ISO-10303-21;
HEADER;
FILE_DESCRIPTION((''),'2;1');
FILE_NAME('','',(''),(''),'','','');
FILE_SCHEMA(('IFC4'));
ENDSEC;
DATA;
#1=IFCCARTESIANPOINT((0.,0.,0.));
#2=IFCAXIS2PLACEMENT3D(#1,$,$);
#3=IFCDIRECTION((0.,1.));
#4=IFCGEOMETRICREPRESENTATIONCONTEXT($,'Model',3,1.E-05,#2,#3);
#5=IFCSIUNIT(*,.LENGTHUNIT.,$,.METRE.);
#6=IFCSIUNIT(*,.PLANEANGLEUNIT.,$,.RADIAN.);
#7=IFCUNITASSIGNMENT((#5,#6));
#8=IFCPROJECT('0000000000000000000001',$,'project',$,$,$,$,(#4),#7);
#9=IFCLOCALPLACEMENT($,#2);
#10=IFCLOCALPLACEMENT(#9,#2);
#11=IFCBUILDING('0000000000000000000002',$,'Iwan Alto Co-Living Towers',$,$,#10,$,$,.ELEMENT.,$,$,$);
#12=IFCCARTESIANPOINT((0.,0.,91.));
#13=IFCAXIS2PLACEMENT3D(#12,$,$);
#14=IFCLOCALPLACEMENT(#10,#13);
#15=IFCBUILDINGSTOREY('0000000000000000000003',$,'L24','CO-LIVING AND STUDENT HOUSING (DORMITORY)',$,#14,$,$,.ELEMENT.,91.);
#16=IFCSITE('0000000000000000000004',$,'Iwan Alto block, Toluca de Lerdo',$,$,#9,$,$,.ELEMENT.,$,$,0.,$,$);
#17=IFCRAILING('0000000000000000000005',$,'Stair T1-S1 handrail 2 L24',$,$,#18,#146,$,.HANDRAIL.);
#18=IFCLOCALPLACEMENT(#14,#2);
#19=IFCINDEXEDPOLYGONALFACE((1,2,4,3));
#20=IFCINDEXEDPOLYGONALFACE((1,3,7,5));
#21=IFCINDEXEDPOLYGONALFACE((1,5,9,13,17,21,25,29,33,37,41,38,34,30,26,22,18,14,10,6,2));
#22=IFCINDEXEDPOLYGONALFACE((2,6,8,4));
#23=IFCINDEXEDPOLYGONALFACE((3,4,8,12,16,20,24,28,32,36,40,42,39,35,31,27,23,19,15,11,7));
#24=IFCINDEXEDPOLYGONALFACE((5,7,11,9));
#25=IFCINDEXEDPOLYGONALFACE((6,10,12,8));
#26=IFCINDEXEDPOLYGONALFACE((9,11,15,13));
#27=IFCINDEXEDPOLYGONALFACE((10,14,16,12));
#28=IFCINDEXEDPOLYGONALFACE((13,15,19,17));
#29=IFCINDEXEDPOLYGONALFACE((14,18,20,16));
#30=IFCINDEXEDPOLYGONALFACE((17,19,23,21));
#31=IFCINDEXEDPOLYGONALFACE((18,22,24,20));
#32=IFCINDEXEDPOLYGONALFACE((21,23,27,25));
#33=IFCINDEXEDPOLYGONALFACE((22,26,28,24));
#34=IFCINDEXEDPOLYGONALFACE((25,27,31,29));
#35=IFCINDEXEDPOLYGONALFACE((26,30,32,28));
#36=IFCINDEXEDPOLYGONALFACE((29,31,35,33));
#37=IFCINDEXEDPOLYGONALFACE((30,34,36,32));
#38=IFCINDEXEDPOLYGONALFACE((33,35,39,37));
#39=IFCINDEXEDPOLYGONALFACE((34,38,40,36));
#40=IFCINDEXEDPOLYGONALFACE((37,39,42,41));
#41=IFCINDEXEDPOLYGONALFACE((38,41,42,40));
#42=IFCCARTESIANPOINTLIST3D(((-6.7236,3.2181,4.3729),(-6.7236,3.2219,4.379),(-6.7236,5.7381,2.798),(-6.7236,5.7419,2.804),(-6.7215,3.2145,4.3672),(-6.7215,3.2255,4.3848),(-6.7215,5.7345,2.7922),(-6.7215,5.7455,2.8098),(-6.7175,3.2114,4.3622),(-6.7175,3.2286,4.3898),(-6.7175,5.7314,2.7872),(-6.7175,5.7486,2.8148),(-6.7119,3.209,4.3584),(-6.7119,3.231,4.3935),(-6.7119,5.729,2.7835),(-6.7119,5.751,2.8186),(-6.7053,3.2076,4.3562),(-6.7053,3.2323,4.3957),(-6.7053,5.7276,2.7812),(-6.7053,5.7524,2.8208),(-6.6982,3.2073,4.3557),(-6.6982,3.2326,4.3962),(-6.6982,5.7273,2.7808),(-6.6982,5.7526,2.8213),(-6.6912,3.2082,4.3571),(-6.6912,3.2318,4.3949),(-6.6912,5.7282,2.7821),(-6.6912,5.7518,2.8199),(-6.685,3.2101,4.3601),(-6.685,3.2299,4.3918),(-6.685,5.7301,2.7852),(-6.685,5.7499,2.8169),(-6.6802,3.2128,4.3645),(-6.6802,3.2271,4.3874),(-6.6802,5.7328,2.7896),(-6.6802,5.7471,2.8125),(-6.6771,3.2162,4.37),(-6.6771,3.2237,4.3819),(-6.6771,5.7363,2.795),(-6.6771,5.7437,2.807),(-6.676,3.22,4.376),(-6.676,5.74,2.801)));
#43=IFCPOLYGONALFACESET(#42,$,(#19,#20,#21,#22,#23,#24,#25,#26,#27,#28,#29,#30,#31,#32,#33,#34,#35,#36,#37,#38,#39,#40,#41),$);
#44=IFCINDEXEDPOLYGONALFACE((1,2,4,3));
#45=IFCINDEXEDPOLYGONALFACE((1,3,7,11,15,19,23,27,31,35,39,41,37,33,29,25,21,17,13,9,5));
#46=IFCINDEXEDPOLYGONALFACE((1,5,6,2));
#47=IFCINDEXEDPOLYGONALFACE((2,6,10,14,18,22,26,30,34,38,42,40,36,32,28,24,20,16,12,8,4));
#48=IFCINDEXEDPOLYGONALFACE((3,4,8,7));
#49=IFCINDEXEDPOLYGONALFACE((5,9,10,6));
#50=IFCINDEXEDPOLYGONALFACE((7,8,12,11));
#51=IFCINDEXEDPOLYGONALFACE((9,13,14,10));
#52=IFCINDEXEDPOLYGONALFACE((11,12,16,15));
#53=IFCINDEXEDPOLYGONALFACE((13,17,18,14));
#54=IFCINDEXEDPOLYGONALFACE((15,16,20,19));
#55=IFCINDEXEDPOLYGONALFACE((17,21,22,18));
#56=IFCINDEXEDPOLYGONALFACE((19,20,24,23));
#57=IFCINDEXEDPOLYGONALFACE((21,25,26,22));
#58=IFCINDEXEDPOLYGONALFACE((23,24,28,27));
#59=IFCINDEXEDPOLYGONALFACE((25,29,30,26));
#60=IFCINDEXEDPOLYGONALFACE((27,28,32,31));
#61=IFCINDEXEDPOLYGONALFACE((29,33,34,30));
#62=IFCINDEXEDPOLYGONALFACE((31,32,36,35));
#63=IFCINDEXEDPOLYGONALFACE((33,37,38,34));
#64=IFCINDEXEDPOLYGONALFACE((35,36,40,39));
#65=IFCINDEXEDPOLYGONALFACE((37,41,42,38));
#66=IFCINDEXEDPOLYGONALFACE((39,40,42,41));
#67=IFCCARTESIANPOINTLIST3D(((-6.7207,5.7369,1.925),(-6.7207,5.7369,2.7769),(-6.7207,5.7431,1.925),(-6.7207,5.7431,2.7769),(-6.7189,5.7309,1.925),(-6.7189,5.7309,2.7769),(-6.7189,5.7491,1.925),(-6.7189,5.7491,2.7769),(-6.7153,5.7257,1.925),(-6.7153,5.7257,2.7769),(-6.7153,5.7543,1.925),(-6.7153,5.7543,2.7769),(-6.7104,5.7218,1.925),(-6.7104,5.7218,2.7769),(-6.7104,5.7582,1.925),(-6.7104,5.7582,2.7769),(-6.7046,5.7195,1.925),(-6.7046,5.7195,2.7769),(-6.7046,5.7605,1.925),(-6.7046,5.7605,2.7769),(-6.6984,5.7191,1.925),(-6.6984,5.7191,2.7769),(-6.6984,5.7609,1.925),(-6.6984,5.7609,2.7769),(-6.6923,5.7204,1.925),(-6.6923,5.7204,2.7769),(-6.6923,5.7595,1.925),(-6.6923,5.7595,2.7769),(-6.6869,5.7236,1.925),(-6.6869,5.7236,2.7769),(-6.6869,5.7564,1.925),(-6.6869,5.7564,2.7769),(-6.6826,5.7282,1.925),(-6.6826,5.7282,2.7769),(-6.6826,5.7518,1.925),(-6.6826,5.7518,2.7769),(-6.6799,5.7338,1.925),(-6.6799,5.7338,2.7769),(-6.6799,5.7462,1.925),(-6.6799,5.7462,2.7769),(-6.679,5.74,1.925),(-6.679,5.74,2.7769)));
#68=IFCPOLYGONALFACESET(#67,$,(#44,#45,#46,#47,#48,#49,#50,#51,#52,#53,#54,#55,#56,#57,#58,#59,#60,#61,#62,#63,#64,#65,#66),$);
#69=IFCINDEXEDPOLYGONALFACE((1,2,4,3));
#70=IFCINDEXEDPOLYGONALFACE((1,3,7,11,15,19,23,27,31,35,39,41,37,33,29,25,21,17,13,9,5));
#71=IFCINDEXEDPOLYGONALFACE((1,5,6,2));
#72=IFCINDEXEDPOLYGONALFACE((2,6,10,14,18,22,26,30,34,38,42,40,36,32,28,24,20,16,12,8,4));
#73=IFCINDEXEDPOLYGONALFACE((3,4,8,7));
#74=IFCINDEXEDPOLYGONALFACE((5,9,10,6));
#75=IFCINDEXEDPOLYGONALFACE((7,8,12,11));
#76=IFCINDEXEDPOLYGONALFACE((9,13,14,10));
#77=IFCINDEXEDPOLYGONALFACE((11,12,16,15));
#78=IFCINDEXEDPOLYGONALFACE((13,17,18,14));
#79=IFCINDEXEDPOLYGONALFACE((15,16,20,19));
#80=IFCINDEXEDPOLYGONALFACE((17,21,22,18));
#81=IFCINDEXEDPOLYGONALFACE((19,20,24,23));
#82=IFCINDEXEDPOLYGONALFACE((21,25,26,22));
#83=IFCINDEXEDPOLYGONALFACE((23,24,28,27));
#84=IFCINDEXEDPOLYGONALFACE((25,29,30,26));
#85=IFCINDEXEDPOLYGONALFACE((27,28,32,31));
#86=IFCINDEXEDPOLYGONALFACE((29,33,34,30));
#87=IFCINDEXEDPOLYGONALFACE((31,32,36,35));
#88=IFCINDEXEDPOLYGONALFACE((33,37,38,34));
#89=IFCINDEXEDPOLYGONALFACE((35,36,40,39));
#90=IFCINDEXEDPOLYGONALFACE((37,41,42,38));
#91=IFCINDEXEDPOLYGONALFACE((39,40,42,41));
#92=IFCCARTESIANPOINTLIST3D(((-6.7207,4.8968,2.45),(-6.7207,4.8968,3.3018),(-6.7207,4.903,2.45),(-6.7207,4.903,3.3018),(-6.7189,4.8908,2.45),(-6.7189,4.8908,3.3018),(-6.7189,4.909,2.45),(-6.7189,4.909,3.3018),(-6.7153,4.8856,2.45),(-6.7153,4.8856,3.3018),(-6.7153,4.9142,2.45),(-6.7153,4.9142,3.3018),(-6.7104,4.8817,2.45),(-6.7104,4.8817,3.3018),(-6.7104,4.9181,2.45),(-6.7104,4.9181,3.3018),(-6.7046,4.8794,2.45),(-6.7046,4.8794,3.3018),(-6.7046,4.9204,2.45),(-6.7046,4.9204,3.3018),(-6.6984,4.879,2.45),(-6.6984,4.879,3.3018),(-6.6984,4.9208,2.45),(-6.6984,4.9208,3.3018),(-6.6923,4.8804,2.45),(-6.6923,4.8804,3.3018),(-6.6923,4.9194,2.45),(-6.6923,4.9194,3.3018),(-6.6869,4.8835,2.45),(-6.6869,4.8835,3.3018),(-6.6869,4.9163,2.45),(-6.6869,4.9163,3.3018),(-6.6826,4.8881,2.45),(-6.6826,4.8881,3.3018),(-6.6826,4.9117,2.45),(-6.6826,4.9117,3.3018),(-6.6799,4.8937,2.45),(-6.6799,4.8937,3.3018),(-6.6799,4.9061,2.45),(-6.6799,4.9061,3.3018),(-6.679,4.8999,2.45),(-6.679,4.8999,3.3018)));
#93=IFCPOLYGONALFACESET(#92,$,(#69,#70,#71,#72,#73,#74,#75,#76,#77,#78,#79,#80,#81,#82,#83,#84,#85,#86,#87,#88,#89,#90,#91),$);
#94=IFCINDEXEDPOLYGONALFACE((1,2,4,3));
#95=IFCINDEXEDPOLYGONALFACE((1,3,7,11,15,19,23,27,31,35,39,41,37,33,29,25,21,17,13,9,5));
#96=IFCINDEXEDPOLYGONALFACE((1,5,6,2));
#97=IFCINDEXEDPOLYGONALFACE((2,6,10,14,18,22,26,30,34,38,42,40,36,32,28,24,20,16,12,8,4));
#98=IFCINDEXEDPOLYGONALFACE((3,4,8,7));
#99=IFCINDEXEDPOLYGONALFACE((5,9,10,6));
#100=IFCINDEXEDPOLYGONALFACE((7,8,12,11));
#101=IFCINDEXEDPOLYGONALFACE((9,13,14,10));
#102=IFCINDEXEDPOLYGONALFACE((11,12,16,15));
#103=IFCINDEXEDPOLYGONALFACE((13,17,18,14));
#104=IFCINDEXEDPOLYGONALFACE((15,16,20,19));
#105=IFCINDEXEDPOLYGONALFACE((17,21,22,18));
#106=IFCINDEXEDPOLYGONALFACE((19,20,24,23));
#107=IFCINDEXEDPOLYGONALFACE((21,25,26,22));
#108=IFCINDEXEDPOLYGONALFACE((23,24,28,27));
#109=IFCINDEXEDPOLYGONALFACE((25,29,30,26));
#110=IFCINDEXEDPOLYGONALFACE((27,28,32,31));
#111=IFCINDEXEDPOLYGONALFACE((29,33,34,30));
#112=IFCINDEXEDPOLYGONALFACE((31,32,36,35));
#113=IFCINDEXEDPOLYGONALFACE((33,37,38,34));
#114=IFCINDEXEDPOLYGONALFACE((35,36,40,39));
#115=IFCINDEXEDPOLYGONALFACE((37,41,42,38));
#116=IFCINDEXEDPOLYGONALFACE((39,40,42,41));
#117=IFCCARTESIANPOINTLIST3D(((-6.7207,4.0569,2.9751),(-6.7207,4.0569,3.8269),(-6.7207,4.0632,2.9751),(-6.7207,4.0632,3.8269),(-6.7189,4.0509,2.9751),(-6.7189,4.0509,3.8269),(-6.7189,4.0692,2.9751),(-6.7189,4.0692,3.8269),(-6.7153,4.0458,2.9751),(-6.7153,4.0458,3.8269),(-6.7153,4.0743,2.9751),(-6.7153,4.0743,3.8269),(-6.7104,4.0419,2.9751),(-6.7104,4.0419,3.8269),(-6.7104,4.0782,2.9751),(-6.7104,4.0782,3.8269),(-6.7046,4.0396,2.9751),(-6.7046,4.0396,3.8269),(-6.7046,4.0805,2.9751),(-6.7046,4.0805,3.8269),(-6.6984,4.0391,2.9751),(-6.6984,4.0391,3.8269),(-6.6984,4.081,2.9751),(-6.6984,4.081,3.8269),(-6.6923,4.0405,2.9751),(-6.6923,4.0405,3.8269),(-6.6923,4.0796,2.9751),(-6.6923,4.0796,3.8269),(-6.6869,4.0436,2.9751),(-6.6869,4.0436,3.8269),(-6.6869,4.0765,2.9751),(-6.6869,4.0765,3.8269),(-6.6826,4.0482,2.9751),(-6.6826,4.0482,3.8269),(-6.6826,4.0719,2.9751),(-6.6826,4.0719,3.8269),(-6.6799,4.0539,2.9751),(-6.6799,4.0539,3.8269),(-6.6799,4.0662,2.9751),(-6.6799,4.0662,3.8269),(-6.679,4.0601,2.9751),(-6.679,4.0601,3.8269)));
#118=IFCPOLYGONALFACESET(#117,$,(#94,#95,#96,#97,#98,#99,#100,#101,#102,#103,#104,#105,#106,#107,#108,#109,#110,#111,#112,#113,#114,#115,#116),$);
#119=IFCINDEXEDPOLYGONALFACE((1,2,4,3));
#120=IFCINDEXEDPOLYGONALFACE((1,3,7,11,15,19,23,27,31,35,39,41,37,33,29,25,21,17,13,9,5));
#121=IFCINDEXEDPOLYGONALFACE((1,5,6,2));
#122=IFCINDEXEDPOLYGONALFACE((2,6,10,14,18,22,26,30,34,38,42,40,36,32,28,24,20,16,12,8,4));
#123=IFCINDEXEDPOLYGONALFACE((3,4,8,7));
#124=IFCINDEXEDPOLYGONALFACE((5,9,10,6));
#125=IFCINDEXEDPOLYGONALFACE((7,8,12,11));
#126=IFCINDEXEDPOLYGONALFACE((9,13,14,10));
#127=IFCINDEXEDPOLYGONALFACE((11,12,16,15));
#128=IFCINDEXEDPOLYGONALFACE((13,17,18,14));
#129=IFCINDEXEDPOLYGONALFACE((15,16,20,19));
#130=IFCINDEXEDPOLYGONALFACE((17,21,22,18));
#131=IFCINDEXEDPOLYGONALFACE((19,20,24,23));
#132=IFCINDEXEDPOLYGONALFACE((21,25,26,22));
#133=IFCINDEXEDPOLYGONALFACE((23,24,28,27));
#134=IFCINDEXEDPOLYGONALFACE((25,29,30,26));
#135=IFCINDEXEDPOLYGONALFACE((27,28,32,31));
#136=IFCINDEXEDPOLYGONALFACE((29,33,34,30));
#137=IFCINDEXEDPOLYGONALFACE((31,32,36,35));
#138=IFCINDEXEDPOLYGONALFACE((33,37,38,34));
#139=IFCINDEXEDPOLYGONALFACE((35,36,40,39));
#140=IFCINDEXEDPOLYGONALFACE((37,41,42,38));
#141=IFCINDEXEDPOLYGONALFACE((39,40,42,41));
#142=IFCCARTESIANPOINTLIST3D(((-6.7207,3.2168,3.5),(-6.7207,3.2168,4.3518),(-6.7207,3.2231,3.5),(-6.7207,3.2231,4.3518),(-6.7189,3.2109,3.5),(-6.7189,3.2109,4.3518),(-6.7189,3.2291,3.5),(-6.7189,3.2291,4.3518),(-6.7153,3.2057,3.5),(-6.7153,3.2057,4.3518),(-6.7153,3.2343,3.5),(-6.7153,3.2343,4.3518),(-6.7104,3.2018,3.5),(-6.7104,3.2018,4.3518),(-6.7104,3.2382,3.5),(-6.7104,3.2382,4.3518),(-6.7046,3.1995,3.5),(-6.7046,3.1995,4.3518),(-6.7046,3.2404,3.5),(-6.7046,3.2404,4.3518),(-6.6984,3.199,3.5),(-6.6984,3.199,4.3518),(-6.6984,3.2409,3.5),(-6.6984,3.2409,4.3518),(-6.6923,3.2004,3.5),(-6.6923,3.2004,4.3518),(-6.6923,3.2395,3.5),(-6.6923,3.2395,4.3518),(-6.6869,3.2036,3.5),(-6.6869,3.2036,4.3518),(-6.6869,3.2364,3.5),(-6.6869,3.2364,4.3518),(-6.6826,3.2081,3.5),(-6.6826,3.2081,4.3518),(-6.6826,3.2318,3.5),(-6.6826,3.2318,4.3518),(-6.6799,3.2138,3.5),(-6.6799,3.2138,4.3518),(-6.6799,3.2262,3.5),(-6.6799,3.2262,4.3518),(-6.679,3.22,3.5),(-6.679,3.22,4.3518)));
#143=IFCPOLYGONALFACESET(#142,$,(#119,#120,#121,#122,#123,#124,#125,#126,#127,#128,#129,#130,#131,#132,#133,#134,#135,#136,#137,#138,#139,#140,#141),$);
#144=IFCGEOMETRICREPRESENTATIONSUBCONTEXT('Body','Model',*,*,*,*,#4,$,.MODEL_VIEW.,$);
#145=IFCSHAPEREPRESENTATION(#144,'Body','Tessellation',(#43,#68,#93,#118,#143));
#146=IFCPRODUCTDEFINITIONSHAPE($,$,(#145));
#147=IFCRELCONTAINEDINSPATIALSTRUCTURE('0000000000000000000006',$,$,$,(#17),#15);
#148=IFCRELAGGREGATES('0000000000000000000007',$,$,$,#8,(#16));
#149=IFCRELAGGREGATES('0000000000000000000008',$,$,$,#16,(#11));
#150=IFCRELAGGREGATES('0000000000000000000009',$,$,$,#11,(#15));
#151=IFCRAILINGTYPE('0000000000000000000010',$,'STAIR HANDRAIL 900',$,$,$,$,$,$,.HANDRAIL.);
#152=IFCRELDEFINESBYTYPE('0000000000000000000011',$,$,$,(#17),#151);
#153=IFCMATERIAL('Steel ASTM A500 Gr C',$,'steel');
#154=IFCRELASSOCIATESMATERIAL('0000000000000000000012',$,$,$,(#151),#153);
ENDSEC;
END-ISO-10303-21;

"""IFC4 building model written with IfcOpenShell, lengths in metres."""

from ifc_helpers import new_model, si_unit, direction, frame, origin, origin_2d, place, context, subcontext, project, spatial, circle, extrude, material, type_object, element, save


model = new_model("IFC4")

# Units and contexts
model_context = context("Model", 3, precision=1e-05, world=origin(), true_north=direction((0.0, 1.0)))
body_context = subcontext(model_context, "Body", "Model", "MODEL_VIEW")
ifc_project = project(units=[si_unit("LENGTHUNIT", "METRE"), si_unit("PLANEANGLEUNIT", "RADIAN")], contexts=[model_context])

# Site, building, storey
site_placement = place(None, origin())
site = spatial("IfcSite", under=ifc_project, at=site_placement, Name="Iwan Alto block, Toluca de Lerdo", CompositionType="ELEMENT", RefElevation=0.0)
building_placement = place(site_placement, origin())
building = spatial("IfcBuilding", under=site, at=building_placement, Name="Iwan Alto Co-Living Towers", CompositionType="ELEMENT")
storey_placement = place(building_placement, frame((0.0, 0.0, 91.0)))
storey = spatial("IfcBuildingStorey", under=building, at=storey_placement, Name="L24", Description="CO-LIVING AND STUDENT HOUSING (DORMITORY)", CompositionType="ELEMENT", Elevation=91.0)

# Railing
ifc_material_1 = material(Name="Steel ASTM A500 Gr C", Category="steel")
railing_type_1 = type_object("IfcRailingType", Name="STAIR HANDRAIL 900", PredefinedType="HANDRAIL", material=ifc_material_1)
railing_1_placement = place(storey_placement, frame((-6.7, 5.74, 1.925)))
element("IfcRailing", 1, at=railing_1_placement, inside=storey, type_object=railing_type_1, Name="Stair T1-S1 handrail 2 L24", PredefinedType="HANDRAIL", context=body_context, shape_type="SweptSolid", body=[
    extrude(circle(Radius=0.0239, at=origin_2d()), frame((0.0, 0.0, 0.876), z_axis=(0.0, -0.848008, 0.529984), x_axis=(1.0, 0.0, 0.0)), (0.0, 0.0, 1.0), 2.9717),
    extrude(circle(Radius=0.021, at=origin_2d()), origin(), (0.0, 0.0, 1.0), 0.8518),
    extrude(circle(Radius=0.021, at=origin_2d()), frame((0.0, -0.8401, 0.5249)), (0.0, 0.0, 1.0), 0.8518),
    extrude(circle(Radius=0.021, at=origin_2d()), frame((0.0, -1.6799, 1.05)), (0.0, 0.0, 1.0), 0.8518),
    extrude(circle(Radius=0.021, at=origin_2d()), frame((0.0, -2.52, 1.575)), (0.0, 0.0, 1.0), 0.8518),
])

save(model, "model.ifc")
